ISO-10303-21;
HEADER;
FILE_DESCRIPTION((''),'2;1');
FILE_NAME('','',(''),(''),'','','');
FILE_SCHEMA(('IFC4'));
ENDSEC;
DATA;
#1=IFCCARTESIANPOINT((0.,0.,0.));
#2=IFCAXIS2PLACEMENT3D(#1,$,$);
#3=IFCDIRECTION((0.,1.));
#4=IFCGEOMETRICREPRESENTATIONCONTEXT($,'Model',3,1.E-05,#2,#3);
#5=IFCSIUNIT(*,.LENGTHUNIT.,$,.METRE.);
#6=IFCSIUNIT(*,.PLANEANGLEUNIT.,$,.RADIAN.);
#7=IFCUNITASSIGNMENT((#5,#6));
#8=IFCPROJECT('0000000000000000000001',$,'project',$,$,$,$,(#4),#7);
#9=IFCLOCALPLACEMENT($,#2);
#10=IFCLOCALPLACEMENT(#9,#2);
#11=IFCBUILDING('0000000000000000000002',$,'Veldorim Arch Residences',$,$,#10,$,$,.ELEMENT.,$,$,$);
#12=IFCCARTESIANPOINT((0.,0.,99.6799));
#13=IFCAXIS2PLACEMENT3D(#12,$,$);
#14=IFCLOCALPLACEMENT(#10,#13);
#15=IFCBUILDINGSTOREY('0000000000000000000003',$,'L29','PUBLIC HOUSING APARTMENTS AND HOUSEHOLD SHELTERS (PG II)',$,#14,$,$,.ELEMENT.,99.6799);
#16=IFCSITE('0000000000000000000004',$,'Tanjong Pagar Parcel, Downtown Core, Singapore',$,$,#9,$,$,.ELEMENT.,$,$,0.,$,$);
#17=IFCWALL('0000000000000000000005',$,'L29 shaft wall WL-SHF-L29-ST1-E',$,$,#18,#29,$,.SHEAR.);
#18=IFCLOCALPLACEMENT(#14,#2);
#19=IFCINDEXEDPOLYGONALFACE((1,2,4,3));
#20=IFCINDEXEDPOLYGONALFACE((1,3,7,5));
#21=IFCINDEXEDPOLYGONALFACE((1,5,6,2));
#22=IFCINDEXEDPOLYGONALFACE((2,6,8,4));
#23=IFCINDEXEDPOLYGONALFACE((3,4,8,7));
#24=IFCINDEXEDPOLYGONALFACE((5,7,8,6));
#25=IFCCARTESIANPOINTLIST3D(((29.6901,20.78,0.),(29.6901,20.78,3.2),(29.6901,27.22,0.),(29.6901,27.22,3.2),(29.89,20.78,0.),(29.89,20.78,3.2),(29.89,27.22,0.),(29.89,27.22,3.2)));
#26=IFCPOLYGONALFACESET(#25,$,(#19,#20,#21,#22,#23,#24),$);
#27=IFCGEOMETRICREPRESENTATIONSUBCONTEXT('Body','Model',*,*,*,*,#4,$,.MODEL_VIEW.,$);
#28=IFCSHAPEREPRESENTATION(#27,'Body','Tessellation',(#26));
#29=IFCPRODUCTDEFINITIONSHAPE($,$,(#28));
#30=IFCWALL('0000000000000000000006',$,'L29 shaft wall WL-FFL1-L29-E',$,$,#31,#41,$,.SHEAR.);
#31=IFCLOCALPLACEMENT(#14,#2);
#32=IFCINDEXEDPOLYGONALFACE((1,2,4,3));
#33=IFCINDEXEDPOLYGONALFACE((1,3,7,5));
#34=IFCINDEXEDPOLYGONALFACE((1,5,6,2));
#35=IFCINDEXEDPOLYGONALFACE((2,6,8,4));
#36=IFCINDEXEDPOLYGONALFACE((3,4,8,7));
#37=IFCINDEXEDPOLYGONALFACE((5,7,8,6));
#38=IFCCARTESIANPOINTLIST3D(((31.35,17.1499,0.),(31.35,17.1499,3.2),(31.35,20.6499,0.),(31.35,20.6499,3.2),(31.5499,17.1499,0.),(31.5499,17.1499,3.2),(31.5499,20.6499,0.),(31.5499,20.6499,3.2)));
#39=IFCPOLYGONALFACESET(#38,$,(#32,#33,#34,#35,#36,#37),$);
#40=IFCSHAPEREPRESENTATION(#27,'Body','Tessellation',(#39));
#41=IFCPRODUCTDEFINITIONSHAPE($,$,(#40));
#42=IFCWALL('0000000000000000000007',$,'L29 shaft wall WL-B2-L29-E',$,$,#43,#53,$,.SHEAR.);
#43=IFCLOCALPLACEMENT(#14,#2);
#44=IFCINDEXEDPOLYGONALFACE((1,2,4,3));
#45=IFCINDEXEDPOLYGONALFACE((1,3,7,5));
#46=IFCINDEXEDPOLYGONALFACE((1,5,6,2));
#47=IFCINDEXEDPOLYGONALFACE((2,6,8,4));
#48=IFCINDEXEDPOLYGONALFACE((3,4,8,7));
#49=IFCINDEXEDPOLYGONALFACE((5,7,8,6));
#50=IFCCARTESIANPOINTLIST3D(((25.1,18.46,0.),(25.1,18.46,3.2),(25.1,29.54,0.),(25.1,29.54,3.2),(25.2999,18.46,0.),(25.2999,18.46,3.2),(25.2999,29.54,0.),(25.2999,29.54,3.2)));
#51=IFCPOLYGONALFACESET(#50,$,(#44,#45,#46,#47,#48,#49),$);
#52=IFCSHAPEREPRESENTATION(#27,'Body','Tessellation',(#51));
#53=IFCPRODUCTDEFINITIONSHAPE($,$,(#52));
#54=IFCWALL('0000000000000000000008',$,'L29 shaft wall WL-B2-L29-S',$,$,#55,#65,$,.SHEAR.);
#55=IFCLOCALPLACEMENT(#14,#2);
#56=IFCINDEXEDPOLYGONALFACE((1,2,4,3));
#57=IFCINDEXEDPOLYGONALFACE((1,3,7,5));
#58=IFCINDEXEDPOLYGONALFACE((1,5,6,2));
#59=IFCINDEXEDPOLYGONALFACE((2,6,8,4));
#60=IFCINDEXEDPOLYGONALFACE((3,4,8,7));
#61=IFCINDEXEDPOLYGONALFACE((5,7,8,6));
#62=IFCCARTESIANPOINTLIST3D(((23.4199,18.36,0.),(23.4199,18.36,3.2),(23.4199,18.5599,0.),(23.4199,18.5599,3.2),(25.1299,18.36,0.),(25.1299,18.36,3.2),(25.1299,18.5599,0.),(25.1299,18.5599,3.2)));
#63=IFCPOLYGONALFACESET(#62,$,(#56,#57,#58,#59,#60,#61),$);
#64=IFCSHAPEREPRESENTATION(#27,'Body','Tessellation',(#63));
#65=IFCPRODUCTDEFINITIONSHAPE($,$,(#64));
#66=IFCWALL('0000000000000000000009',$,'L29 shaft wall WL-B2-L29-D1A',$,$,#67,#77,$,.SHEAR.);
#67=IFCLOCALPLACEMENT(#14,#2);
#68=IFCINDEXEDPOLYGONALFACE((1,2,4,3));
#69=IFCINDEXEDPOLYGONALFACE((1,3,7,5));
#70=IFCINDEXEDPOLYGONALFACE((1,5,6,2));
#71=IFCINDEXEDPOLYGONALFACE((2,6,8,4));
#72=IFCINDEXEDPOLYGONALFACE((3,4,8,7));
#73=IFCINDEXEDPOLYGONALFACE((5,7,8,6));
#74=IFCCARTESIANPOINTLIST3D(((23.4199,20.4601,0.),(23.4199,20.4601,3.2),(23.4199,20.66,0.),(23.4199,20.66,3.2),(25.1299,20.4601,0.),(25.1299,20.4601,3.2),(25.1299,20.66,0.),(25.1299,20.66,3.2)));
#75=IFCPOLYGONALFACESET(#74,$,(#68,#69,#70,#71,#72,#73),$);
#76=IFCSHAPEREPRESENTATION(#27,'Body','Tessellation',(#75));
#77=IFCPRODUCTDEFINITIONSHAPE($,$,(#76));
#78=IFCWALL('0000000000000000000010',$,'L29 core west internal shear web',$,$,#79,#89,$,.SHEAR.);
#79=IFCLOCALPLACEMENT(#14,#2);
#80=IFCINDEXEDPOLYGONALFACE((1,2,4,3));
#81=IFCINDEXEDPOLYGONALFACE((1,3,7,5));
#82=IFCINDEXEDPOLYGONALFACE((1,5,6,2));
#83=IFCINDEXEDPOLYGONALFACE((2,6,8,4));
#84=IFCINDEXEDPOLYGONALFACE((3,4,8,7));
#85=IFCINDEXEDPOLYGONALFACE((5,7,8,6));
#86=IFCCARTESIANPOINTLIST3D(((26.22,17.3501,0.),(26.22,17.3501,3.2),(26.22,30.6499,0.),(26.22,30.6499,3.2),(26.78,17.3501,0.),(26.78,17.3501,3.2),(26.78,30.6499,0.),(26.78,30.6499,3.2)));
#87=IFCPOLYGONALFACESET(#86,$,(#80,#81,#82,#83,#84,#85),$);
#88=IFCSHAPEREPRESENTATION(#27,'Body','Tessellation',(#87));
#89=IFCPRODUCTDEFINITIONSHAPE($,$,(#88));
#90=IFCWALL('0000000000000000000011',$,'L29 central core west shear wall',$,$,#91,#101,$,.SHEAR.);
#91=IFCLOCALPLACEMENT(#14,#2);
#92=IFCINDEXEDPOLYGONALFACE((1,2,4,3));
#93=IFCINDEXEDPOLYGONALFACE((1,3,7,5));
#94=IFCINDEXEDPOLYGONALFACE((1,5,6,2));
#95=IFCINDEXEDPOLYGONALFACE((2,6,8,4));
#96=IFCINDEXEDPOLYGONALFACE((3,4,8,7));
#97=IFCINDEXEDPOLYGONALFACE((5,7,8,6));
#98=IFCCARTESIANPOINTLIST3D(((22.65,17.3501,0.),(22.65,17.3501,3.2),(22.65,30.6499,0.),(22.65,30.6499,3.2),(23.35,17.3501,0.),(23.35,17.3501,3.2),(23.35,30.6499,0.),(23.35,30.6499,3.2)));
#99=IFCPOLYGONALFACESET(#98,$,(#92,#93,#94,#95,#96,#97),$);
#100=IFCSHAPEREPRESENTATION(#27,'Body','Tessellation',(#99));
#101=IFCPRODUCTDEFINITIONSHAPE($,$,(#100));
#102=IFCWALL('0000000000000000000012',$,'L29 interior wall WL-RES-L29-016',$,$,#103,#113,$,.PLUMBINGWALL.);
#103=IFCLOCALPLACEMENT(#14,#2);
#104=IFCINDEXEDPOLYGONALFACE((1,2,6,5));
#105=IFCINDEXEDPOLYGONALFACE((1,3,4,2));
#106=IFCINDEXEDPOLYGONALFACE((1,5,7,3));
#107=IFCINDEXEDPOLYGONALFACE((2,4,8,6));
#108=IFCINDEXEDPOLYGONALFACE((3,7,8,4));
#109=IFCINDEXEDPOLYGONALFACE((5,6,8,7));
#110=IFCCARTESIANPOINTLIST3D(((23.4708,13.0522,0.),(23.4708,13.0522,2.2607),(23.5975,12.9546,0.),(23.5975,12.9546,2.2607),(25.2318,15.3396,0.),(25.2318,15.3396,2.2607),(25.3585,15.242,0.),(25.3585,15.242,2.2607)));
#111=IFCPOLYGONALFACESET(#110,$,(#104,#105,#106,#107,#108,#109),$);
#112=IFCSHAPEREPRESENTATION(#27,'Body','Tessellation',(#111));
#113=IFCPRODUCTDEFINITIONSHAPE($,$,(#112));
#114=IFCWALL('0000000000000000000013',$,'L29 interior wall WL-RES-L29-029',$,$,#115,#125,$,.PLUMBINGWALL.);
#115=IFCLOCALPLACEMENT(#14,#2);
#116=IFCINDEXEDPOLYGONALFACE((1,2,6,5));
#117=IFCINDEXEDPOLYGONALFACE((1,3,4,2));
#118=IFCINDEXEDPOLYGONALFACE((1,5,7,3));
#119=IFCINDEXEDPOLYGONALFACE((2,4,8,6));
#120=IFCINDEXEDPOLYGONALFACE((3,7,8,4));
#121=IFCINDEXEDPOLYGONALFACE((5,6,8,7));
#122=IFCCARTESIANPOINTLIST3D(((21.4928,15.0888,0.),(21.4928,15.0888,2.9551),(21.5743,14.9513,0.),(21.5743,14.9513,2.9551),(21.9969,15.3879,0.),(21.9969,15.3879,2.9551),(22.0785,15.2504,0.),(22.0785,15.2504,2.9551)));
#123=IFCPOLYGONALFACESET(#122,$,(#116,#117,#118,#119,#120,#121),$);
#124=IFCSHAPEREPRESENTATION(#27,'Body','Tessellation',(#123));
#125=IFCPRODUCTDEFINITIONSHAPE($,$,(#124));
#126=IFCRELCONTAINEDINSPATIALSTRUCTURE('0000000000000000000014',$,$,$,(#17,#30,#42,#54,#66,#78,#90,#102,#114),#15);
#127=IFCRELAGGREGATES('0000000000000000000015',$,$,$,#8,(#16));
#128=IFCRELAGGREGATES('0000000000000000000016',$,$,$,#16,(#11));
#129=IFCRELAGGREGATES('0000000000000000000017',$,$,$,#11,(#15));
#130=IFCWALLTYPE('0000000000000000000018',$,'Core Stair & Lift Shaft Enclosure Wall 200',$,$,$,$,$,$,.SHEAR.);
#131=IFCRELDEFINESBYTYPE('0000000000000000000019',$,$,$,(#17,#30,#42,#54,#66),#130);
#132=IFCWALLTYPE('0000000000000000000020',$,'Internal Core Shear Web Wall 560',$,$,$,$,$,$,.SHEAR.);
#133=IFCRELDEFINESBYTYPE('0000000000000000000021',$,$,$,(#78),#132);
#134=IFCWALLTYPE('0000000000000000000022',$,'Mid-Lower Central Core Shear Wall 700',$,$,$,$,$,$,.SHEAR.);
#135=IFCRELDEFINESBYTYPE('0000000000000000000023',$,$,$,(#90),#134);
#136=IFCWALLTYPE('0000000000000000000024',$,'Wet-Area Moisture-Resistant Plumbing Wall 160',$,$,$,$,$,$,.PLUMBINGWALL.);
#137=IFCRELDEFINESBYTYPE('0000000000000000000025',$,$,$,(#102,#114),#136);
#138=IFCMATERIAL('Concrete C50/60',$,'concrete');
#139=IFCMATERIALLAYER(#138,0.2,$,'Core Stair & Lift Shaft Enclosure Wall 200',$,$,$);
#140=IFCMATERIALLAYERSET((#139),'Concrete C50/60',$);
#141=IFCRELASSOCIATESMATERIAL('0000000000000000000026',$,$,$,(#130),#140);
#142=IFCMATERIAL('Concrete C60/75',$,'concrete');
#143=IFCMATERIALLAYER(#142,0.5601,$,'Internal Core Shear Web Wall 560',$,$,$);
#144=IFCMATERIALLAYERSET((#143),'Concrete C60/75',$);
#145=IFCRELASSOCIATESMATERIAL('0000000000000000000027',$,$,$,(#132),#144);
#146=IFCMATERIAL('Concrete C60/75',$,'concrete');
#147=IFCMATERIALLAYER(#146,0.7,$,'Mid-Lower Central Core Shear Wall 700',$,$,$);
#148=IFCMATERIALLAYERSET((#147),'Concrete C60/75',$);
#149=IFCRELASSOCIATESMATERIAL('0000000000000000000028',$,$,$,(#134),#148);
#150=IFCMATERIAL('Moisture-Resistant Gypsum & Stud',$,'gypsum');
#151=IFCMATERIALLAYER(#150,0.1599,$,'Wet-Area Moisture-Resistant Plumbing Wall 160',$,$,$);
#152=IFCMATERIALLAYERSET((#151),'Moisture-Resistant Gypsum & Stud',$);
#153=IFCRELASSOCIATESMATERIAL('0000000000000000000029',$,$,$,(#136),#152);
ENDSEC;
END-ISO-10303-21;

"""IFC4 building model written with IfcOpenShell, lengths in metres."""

from ifc_helpers import new_model, si_unit, direction, frame, frame_2d, origin, place, context, subcontext, project, spatial, rectangle, extrude, material, layer, layer_set, type_object, element, save


model = new_model("IFC4")

# Units and contexts
model_context = context("Model", 3, precision=1e-05, world=origin(), true_north=direction((0.0, 1.0)))
body_context = subcontext(model_context, "Body", "Model", "MODEL_VIEW")
ifc_project = project(units=[si_unit("LENGTHUNIT", "METRE"), si_unit("PLANEANGLEUNIT", "RADIAN")], contexts=[model_context])

# Site, building, storey
site_placement = place(None, origin())
site = spatial("IfcSite", under=ifc_project, at=site_placement, Name="Tanjong Pagar Parcel, Downtown Core, Singapore", CompositionType="ELEMENT", RefElevation=0.0)
building_placement = place(site_placement, origin())
building = spatial("IfcBuilding", under=site, at=building_placement, Name="Veldorim Arch Residences", CompositionType="ELEMENT")
storey_placement = place(building_placement, frame((0.0, 0.0, 99.6799)))
storey = spatial("IfcBuildingStorey", under=building, at=storey_placement, Name="L29", Description="PUBLIC HOUSING APARTMENTS AND HOUSEHOLD SHELTERS (PG II)", CompositionType="ELEMENT", Elevation=99.6799)

# Wall
ifc_material_1 = material(Name="Concrete C50/60", Category="concrete")
ifc_layer_1 = layer(ifc_material_1, 0.2, Name="Core Stair & Lift Shaft Enclosure Wall 200")
ifc_layer_set_1 = layer_set([ifc_layer_1], Name="Concrete C50/60")
wall_type_1 = type_object("IfcWallType", Name="Core Stair & Lift Shaft Enclosure Wall 200", PredefinedType="SHEAR", material=ifc_layer_set_1)
wall_1_placement = place(storey_placement, frame((29.79, 20.78, 0.0), z_axis=(0.0, 0.0, 1.0), x_axis=(0.0, 1.0, 0.0)))
element("IfcWall", 1, at=wall_1_placement, inside=storey, type_object=wall_type_1, Name="L29 shaft wall WL-SHF-L29-ST1-E", PredefinedType="SHEAR", context=body_context, shape_type="SweptSolid", body=[
    extrude(rectangle(XDim=6.4399, YDim=0.2, at=frame_2d((3.22, 0.0))), origin(), (0.0, 0.0, 1.0), 3.2),
])

# Wall
wall_2_placement = place(storey_placement, frame((31.45, 17.1499, 0.0), z_axis=(0.0, 0.0, 1.0), x_axis=(0.0, 1.0, 0.0)))
element("IfcWall", 2, at=wall_2_placement, inside=storey, type_object=wall_type_1, Name="L29 shaft wall WL-FFL1-L29-E", PredefinedType="SHEAR", context=body_context, shape_type="SweptSolid", body=[
    extrude(rectangle(XDim=3.5, YDim=0.2, at=frame_2d((1.75, 0.0))), origin(), (0.0, 0.0, 1.0), 3.2),
])

# Walls
wall_3_placement = place(storey_placement, frame((25.2, 18.46, 0.0), z_axis=(0.0, 0.0, 1.0), x_axis=(0.0, 1.0, 0.0)))
element("IfcWall", 3, at=wall_3_placement, inside=storey, type_object=wall_type_1, Name="L29 shaft wall WL-B2-L29-E", PredefinedType="SHEAR", context=body_context, shape_type="SweptSolid", body=[
    extrude(rectangle(XDim=11.0801, YDim=0.2, at=frame_2d((5.54, 0.0))), origin(), (0.0, 0.0, 1.0), 3.2),
])
for number, where, z_axis, x_axis, name in (
    (4, (23.4199, 18.46, 0.0), (0.0, 0.0, 1.0), (1.0, 0.0, 0.0), "L29 shaft wall WL-B2-L29-S"),
    (5, (23.4199, 20.5601, 0.0), (0.0, 0.0, 1.0), (1.0, 0.0, 0.0), "L29 shaft wall WL-B2-L29-D1A"),
):
    element("IfcWall", number, at=place(storey_placement, frame(where, z_axis=z_axis, x_axis=x_axis)), inside=storey, type_object=wall_type_1, Name=name, PredefinedType="SHEAR", context=body_context, shape_type="SweptSolid", body=[
        extrude(rectangle(XDim=1.71, YDim=0.2, at=frame_2d((0.855, 0.0))), origin(), (0.0, 0.0, 1.0), 3.2),
    ])
ifc_material_2 = material(Name="Concrete C60/75", Category="concrete")
ifc_layer_2 = layer(ifc_material_2, 0.5601, Name="Internal Core Shear Web Wall 560")
ifc_layer_set_2 = layer_set([ifc_layer_2], Name="Concrete C60/75")
wall_type_2 = type_object("IfcWallType", Name="Internal Core Shear Web Wall 560", PredefinedType="SHEAR", material=ifc_layer_set_2)
wall_4_placement = place(storey_placement, frame((26.5, 17.3501, 0.0), z_axis=(0.0, 0.0, 1.0), x_axis=(0.0, 1.0, 0.0)))
element("IfcWall", 6, at=wall_4_placement, inside=storey, type_object=wall_type_2, Name="L29 core west internal shear web", PredefinedType="SHEAR", context=body_context, shape_type="SweptSolid", body=[
    extrude(rectangle(XDim=13.2998, YDim=0.5601, at=frame_2d((6.6499, 0.0))), origin(), (0.0, 0.0, 1.0), 3.2),
])

# Shared definitions
ifc_material_3 = material(Name="Concrete C60/75", Category="concrete")
ifc_layer_3 = layer(ifc_material_3, 0.7, Name="Mid-Lower Central Core Shear Wall 700")
ifc_layer_set_3 = layer_set([ifc_layer_3], Name="Concrete C60/75")
wall_type_3 = type_object("IfcWallType", Name="Mid-Lower Central Core Shear Wall 700", PredefinedType="SHEAR", material=ifc_layer_set_3)

# Walls
wall_5_placement = place(storey_placement, frame((23.0, 17.3501, 0.0), z_axis=(0.0, 0.0, 1.0), x_axis=(0.0, 1.0, 0.0)))
element("IfcWall", 7, at=wall_5_placement, inside=storey, type_object=wall_type_3, Name="L29 central core west shear wall", PredefinedType="SHEAR", context=body_context, shape_type="SweptSolid", body=[
    extrude(rectangle(XDim=13.2998, YDim=0.7, at=frame_2d((6.6499, 0.0))), origin(), (0.0, 0.0, 1.0), 3.2),
])
ifc_material_4 = material(Name="Moisture-Resistant Gypsum & Stud", Category="gypsum")
ifc_layer_4 = layer(ifc_material_4, 0.1599, Name="Wet-Area Moisture-Resistant Plumbing Wall 160")
ifc_layer_set_4 = layer_set([ifc_layer_4], Name="Moisture-Resistant Gypsum & Stud")
wall_type_4 = type_object("IfcWallType", Name="Wet-Area Moisture-Resistant Plumbing Wall 160", PredefinedType="PLUMBINGWALL", material=ifc_layer_set_4)
wall_6_placement = place(storey_placement, frame((23.5342, 13.0034, 0.0), z_axis=(0.0, 0.0, 1.0), x_axis=(0.610034, 0.792376, 0.0)))
element("IfcWall", 8, at=wall_6_placement, inside=storey, type_object=wall_type_4, Name="L29 interior wall WL-RES-L29-016", PredefinedType="PLUMBINGWALL", context=body_context, shape_type="SweptSolid", body=[
    extrude(rectangle(XDim=2.8867, YDim=0.1599, at=frame_2d((1.4434, 0.0))), origin(), (0.0, 0.0, 1.0), 2.2607),
])
wall_7_placement = place(storey_placement, frame((22.0376, 15.3191, 0.0), z_axis=(0.0, 0.0, 1.0), x_axis=(-0.860055, -0.510202, 0.0)))
element("IfcWall", 9, at=wall_7_placement, inside=storey, type_object=wall_type_4, Name="L29 interior wall WL-RES-L29-029", PredefinedType="PLUMBINGWALL", context=body_context, shape_type="SweptSolid", body=[
    extrude(rectangle(XDim=0.5862, YDim=0.1599, at=frame_2d((0.293, 0.0))), origin(), (0.0, 0.0, 1.0), 2.9551),
])

save(model, "model.ifc")
